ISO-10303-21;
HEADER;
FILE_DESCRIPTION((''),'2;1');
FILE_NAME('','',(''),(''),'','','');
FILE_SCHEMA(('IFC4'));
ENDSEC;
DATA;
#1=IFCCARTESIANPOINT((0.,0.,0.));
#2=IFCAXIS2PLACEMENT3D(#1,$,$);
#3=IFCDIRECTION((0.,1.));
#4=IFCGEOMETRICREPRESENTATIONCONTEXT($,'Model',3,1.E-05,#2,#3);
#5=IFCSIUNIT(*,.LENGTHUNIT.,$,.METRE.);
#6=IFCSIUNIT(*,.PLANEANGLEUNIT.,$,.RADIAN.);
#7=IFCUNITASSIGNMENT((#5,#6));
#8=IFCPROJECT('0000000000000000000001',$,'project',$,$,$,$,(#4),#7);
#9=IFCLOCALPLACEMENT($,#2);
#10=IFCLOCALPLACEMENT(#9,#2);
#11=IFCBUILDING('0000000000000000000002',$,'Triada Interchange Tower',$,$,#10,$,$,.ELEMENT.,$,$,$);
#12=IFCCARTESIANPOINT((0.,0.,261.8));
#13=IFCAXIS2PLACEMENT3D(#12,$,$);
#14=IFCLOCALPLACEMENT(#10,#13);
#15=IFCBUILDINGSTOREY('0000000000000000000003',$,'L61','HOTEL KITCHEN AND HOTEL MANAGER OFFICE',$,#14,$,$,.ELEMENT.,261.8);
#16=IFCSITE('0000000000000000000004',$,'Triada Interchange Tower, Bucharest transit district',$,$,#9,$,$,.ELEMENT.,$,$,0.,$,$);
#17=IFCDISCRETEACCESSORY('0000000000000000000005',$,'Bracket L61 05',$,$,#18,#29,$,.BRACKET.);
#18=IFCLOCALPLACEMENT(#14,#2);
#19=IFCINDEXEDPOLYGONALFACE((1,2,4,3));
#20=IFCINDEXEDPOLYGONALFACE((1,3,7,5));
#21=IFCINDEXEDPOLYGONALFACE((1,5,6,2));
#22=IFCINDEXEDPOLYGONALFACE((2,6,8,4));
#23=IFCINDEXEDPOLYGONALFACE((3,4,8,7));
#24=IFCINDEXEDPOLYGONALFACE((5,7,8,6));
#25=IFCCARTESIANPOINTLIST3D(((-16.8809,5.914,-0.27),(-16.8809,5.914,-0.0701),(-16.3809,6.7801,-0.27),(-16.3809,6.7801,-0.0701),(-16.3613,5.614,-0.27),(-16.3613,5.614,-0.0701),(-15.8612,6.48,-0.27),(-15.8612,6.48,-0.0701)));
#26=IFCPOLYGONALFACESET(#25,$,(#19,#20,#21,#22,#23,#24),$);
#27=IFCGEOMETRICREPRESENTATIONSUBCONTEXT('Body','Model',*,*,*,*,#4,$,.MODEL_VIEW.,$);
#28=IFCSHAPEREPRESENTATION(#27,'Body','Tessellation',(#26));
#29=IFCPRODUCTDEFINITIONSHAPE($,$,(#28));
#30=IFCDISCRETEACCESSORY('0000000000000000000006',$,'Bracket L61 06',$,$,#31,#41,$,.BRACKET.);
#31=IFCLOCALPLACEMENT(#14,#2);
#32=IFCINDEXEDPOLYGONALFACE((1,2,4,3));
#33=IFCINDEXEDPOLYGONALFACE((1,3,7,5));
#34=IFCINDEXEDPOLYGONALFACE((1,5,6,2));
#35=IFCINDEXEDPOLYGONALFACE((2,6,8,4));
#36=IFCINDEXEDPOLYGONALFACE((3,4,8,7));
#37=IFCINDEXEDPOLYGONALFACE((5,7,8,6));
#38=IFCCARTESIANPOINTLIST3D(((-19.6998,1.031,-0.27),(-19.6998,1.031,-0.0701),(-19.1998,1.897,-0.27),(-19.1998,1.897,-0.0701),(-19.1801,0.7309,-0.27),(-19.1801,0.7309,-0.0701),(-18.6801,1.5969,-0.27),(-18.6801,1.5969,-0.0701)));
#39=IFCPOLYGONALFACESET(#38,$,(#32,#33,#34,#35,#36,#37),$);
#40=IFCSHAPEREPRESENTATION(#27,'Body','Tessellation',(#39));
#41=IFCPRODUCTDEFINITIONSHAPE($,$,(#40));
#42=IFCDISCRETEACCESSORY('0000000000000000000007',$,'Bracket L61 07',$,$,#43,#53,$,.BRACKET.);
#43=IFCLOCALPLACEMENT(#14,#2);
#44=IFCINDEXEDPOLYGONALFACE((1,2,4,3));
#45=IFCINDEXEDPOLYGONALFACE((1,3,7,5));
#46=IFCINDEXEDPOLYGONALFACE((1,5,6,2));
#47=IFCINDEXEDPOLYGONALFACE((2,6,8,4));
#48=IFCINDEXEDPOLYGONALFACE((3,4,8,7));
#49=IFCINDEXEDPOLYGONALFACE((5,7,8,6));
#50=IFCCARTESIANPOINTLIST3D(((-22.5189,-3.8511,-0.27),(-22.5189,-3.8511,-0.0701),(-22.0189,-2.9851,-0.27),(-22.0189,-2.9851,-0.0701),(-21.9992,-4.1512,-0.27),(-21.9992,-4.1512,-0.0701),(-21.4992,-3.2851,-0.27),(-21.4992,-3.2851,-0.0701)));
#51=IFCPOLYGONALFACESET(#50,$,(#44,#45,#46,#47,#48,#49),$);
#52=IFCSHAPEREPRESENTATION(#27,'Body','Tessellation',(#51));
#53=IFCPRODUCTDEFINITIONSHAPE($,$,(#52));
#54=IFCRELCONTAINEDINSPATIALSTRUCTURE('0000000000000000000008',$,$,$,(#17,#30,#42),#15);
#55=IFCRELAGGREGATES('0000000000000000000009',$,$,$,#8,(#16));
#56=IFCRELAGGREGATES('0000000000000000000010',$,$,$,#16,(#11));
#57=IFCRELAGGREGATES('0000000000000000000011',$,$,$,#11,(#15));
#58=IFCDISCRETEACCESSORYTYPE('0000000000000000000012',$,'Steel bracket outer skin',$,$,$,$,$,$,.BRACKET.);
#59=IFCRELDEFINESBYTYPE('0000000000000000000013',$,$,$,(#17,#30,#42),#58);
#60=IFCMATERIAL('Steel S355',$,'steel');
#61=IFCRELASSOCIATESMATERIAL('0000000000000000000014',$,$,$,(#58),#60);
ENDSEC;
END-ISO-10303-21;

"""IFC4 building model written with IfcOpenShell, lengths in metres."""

from ifc_helpers import new_model, si_unit, direction, frame, origin, origin_2d, place, context, subcontext, project, spatial, rectangle, extrude, material, type_object, element, save


model = new_model("IFC4")

# Units and contexts
model_context = context("Model", 3, precision=1e-05, world=origin(), true_north=direction((0.0, 1.0)))
body_context = subcontext(model_context, "Body", "Model", "MODEL_VIEW")
ifc_project = project(units=[si_unit("LENGTHUNIT", "METRE"), si_unit("PLANEANGLEUNIT", "RADIAN")], contexts=[model_context])

# Site, building, storey
site_placement = place(None, origin())
site = spatial("IfcSite", under=ifc_project, at=site_placement, Name="Triada Interchange Tower, Bucharest transit district", CompositionType="ELEMENT", RefElevation=0.0)
building_placement = place(site_placement, origin())
building = spatial("IfcBuilding", under=site, at=building_placement, Name="Triada Interchange Tower", CompositionType="ELEMENT")
storey_placement = place(building_placement, frame((0.0, 0.0, 261.8)))
storey = spatial("IfcBuildingStorey", under=building, at=storey_placement, Name="L61", Description="HOTEL KITCHEN AND HOTEL MANAGER OFFICE", CompositionType="ELEMENT", Elevation=261.8)

# Discrete accessories
ifc_material_1 = material(Name="Steel S355", Category="steel")
discrete_accessory_type = type_object("IfcDiscreteAccessoryType", Name="Steel bracket outer skin", PredefinedType="BRACKET", material=ifc_material_1)
for number, where, z_axis, x_axis, name in (
    (1, (-16.3711, 6.197, -0.27), (0.0, 0.0, 1.0), (-0.866018, 0.500013, 0.0), "Bracket L61 05"),
    (2, (-19.1899, 1.314, -0.27), (0.0, 0.0, 1.0), (-0.866018, 0.500013, 0.0), "Bracket L61 06"),
    (3, (-22.009, -3.5681, -0.27), (0.0, 0.0, 1.0), (-0.866018, 0.500013, 0.0), "Bracket L61 07"),
):
    element("IfcDiscreteAccessory", number, at=place(storey_placement, frame(where, z_axis=z_axis, x_axis=x_axis)), inside=storey, type_object=discrete_accessory_type, Name=name, PredefinedType="BRACKET", context=body_context, shape_type="SweptSolid", body=[
        extrude(rectangle(XDim=0.6001, YDim=1.0, at=origin_2d()), origin(), (0.0, 0.0, 1.0), 0.2),
    ])

save(model, "model.ifc")
